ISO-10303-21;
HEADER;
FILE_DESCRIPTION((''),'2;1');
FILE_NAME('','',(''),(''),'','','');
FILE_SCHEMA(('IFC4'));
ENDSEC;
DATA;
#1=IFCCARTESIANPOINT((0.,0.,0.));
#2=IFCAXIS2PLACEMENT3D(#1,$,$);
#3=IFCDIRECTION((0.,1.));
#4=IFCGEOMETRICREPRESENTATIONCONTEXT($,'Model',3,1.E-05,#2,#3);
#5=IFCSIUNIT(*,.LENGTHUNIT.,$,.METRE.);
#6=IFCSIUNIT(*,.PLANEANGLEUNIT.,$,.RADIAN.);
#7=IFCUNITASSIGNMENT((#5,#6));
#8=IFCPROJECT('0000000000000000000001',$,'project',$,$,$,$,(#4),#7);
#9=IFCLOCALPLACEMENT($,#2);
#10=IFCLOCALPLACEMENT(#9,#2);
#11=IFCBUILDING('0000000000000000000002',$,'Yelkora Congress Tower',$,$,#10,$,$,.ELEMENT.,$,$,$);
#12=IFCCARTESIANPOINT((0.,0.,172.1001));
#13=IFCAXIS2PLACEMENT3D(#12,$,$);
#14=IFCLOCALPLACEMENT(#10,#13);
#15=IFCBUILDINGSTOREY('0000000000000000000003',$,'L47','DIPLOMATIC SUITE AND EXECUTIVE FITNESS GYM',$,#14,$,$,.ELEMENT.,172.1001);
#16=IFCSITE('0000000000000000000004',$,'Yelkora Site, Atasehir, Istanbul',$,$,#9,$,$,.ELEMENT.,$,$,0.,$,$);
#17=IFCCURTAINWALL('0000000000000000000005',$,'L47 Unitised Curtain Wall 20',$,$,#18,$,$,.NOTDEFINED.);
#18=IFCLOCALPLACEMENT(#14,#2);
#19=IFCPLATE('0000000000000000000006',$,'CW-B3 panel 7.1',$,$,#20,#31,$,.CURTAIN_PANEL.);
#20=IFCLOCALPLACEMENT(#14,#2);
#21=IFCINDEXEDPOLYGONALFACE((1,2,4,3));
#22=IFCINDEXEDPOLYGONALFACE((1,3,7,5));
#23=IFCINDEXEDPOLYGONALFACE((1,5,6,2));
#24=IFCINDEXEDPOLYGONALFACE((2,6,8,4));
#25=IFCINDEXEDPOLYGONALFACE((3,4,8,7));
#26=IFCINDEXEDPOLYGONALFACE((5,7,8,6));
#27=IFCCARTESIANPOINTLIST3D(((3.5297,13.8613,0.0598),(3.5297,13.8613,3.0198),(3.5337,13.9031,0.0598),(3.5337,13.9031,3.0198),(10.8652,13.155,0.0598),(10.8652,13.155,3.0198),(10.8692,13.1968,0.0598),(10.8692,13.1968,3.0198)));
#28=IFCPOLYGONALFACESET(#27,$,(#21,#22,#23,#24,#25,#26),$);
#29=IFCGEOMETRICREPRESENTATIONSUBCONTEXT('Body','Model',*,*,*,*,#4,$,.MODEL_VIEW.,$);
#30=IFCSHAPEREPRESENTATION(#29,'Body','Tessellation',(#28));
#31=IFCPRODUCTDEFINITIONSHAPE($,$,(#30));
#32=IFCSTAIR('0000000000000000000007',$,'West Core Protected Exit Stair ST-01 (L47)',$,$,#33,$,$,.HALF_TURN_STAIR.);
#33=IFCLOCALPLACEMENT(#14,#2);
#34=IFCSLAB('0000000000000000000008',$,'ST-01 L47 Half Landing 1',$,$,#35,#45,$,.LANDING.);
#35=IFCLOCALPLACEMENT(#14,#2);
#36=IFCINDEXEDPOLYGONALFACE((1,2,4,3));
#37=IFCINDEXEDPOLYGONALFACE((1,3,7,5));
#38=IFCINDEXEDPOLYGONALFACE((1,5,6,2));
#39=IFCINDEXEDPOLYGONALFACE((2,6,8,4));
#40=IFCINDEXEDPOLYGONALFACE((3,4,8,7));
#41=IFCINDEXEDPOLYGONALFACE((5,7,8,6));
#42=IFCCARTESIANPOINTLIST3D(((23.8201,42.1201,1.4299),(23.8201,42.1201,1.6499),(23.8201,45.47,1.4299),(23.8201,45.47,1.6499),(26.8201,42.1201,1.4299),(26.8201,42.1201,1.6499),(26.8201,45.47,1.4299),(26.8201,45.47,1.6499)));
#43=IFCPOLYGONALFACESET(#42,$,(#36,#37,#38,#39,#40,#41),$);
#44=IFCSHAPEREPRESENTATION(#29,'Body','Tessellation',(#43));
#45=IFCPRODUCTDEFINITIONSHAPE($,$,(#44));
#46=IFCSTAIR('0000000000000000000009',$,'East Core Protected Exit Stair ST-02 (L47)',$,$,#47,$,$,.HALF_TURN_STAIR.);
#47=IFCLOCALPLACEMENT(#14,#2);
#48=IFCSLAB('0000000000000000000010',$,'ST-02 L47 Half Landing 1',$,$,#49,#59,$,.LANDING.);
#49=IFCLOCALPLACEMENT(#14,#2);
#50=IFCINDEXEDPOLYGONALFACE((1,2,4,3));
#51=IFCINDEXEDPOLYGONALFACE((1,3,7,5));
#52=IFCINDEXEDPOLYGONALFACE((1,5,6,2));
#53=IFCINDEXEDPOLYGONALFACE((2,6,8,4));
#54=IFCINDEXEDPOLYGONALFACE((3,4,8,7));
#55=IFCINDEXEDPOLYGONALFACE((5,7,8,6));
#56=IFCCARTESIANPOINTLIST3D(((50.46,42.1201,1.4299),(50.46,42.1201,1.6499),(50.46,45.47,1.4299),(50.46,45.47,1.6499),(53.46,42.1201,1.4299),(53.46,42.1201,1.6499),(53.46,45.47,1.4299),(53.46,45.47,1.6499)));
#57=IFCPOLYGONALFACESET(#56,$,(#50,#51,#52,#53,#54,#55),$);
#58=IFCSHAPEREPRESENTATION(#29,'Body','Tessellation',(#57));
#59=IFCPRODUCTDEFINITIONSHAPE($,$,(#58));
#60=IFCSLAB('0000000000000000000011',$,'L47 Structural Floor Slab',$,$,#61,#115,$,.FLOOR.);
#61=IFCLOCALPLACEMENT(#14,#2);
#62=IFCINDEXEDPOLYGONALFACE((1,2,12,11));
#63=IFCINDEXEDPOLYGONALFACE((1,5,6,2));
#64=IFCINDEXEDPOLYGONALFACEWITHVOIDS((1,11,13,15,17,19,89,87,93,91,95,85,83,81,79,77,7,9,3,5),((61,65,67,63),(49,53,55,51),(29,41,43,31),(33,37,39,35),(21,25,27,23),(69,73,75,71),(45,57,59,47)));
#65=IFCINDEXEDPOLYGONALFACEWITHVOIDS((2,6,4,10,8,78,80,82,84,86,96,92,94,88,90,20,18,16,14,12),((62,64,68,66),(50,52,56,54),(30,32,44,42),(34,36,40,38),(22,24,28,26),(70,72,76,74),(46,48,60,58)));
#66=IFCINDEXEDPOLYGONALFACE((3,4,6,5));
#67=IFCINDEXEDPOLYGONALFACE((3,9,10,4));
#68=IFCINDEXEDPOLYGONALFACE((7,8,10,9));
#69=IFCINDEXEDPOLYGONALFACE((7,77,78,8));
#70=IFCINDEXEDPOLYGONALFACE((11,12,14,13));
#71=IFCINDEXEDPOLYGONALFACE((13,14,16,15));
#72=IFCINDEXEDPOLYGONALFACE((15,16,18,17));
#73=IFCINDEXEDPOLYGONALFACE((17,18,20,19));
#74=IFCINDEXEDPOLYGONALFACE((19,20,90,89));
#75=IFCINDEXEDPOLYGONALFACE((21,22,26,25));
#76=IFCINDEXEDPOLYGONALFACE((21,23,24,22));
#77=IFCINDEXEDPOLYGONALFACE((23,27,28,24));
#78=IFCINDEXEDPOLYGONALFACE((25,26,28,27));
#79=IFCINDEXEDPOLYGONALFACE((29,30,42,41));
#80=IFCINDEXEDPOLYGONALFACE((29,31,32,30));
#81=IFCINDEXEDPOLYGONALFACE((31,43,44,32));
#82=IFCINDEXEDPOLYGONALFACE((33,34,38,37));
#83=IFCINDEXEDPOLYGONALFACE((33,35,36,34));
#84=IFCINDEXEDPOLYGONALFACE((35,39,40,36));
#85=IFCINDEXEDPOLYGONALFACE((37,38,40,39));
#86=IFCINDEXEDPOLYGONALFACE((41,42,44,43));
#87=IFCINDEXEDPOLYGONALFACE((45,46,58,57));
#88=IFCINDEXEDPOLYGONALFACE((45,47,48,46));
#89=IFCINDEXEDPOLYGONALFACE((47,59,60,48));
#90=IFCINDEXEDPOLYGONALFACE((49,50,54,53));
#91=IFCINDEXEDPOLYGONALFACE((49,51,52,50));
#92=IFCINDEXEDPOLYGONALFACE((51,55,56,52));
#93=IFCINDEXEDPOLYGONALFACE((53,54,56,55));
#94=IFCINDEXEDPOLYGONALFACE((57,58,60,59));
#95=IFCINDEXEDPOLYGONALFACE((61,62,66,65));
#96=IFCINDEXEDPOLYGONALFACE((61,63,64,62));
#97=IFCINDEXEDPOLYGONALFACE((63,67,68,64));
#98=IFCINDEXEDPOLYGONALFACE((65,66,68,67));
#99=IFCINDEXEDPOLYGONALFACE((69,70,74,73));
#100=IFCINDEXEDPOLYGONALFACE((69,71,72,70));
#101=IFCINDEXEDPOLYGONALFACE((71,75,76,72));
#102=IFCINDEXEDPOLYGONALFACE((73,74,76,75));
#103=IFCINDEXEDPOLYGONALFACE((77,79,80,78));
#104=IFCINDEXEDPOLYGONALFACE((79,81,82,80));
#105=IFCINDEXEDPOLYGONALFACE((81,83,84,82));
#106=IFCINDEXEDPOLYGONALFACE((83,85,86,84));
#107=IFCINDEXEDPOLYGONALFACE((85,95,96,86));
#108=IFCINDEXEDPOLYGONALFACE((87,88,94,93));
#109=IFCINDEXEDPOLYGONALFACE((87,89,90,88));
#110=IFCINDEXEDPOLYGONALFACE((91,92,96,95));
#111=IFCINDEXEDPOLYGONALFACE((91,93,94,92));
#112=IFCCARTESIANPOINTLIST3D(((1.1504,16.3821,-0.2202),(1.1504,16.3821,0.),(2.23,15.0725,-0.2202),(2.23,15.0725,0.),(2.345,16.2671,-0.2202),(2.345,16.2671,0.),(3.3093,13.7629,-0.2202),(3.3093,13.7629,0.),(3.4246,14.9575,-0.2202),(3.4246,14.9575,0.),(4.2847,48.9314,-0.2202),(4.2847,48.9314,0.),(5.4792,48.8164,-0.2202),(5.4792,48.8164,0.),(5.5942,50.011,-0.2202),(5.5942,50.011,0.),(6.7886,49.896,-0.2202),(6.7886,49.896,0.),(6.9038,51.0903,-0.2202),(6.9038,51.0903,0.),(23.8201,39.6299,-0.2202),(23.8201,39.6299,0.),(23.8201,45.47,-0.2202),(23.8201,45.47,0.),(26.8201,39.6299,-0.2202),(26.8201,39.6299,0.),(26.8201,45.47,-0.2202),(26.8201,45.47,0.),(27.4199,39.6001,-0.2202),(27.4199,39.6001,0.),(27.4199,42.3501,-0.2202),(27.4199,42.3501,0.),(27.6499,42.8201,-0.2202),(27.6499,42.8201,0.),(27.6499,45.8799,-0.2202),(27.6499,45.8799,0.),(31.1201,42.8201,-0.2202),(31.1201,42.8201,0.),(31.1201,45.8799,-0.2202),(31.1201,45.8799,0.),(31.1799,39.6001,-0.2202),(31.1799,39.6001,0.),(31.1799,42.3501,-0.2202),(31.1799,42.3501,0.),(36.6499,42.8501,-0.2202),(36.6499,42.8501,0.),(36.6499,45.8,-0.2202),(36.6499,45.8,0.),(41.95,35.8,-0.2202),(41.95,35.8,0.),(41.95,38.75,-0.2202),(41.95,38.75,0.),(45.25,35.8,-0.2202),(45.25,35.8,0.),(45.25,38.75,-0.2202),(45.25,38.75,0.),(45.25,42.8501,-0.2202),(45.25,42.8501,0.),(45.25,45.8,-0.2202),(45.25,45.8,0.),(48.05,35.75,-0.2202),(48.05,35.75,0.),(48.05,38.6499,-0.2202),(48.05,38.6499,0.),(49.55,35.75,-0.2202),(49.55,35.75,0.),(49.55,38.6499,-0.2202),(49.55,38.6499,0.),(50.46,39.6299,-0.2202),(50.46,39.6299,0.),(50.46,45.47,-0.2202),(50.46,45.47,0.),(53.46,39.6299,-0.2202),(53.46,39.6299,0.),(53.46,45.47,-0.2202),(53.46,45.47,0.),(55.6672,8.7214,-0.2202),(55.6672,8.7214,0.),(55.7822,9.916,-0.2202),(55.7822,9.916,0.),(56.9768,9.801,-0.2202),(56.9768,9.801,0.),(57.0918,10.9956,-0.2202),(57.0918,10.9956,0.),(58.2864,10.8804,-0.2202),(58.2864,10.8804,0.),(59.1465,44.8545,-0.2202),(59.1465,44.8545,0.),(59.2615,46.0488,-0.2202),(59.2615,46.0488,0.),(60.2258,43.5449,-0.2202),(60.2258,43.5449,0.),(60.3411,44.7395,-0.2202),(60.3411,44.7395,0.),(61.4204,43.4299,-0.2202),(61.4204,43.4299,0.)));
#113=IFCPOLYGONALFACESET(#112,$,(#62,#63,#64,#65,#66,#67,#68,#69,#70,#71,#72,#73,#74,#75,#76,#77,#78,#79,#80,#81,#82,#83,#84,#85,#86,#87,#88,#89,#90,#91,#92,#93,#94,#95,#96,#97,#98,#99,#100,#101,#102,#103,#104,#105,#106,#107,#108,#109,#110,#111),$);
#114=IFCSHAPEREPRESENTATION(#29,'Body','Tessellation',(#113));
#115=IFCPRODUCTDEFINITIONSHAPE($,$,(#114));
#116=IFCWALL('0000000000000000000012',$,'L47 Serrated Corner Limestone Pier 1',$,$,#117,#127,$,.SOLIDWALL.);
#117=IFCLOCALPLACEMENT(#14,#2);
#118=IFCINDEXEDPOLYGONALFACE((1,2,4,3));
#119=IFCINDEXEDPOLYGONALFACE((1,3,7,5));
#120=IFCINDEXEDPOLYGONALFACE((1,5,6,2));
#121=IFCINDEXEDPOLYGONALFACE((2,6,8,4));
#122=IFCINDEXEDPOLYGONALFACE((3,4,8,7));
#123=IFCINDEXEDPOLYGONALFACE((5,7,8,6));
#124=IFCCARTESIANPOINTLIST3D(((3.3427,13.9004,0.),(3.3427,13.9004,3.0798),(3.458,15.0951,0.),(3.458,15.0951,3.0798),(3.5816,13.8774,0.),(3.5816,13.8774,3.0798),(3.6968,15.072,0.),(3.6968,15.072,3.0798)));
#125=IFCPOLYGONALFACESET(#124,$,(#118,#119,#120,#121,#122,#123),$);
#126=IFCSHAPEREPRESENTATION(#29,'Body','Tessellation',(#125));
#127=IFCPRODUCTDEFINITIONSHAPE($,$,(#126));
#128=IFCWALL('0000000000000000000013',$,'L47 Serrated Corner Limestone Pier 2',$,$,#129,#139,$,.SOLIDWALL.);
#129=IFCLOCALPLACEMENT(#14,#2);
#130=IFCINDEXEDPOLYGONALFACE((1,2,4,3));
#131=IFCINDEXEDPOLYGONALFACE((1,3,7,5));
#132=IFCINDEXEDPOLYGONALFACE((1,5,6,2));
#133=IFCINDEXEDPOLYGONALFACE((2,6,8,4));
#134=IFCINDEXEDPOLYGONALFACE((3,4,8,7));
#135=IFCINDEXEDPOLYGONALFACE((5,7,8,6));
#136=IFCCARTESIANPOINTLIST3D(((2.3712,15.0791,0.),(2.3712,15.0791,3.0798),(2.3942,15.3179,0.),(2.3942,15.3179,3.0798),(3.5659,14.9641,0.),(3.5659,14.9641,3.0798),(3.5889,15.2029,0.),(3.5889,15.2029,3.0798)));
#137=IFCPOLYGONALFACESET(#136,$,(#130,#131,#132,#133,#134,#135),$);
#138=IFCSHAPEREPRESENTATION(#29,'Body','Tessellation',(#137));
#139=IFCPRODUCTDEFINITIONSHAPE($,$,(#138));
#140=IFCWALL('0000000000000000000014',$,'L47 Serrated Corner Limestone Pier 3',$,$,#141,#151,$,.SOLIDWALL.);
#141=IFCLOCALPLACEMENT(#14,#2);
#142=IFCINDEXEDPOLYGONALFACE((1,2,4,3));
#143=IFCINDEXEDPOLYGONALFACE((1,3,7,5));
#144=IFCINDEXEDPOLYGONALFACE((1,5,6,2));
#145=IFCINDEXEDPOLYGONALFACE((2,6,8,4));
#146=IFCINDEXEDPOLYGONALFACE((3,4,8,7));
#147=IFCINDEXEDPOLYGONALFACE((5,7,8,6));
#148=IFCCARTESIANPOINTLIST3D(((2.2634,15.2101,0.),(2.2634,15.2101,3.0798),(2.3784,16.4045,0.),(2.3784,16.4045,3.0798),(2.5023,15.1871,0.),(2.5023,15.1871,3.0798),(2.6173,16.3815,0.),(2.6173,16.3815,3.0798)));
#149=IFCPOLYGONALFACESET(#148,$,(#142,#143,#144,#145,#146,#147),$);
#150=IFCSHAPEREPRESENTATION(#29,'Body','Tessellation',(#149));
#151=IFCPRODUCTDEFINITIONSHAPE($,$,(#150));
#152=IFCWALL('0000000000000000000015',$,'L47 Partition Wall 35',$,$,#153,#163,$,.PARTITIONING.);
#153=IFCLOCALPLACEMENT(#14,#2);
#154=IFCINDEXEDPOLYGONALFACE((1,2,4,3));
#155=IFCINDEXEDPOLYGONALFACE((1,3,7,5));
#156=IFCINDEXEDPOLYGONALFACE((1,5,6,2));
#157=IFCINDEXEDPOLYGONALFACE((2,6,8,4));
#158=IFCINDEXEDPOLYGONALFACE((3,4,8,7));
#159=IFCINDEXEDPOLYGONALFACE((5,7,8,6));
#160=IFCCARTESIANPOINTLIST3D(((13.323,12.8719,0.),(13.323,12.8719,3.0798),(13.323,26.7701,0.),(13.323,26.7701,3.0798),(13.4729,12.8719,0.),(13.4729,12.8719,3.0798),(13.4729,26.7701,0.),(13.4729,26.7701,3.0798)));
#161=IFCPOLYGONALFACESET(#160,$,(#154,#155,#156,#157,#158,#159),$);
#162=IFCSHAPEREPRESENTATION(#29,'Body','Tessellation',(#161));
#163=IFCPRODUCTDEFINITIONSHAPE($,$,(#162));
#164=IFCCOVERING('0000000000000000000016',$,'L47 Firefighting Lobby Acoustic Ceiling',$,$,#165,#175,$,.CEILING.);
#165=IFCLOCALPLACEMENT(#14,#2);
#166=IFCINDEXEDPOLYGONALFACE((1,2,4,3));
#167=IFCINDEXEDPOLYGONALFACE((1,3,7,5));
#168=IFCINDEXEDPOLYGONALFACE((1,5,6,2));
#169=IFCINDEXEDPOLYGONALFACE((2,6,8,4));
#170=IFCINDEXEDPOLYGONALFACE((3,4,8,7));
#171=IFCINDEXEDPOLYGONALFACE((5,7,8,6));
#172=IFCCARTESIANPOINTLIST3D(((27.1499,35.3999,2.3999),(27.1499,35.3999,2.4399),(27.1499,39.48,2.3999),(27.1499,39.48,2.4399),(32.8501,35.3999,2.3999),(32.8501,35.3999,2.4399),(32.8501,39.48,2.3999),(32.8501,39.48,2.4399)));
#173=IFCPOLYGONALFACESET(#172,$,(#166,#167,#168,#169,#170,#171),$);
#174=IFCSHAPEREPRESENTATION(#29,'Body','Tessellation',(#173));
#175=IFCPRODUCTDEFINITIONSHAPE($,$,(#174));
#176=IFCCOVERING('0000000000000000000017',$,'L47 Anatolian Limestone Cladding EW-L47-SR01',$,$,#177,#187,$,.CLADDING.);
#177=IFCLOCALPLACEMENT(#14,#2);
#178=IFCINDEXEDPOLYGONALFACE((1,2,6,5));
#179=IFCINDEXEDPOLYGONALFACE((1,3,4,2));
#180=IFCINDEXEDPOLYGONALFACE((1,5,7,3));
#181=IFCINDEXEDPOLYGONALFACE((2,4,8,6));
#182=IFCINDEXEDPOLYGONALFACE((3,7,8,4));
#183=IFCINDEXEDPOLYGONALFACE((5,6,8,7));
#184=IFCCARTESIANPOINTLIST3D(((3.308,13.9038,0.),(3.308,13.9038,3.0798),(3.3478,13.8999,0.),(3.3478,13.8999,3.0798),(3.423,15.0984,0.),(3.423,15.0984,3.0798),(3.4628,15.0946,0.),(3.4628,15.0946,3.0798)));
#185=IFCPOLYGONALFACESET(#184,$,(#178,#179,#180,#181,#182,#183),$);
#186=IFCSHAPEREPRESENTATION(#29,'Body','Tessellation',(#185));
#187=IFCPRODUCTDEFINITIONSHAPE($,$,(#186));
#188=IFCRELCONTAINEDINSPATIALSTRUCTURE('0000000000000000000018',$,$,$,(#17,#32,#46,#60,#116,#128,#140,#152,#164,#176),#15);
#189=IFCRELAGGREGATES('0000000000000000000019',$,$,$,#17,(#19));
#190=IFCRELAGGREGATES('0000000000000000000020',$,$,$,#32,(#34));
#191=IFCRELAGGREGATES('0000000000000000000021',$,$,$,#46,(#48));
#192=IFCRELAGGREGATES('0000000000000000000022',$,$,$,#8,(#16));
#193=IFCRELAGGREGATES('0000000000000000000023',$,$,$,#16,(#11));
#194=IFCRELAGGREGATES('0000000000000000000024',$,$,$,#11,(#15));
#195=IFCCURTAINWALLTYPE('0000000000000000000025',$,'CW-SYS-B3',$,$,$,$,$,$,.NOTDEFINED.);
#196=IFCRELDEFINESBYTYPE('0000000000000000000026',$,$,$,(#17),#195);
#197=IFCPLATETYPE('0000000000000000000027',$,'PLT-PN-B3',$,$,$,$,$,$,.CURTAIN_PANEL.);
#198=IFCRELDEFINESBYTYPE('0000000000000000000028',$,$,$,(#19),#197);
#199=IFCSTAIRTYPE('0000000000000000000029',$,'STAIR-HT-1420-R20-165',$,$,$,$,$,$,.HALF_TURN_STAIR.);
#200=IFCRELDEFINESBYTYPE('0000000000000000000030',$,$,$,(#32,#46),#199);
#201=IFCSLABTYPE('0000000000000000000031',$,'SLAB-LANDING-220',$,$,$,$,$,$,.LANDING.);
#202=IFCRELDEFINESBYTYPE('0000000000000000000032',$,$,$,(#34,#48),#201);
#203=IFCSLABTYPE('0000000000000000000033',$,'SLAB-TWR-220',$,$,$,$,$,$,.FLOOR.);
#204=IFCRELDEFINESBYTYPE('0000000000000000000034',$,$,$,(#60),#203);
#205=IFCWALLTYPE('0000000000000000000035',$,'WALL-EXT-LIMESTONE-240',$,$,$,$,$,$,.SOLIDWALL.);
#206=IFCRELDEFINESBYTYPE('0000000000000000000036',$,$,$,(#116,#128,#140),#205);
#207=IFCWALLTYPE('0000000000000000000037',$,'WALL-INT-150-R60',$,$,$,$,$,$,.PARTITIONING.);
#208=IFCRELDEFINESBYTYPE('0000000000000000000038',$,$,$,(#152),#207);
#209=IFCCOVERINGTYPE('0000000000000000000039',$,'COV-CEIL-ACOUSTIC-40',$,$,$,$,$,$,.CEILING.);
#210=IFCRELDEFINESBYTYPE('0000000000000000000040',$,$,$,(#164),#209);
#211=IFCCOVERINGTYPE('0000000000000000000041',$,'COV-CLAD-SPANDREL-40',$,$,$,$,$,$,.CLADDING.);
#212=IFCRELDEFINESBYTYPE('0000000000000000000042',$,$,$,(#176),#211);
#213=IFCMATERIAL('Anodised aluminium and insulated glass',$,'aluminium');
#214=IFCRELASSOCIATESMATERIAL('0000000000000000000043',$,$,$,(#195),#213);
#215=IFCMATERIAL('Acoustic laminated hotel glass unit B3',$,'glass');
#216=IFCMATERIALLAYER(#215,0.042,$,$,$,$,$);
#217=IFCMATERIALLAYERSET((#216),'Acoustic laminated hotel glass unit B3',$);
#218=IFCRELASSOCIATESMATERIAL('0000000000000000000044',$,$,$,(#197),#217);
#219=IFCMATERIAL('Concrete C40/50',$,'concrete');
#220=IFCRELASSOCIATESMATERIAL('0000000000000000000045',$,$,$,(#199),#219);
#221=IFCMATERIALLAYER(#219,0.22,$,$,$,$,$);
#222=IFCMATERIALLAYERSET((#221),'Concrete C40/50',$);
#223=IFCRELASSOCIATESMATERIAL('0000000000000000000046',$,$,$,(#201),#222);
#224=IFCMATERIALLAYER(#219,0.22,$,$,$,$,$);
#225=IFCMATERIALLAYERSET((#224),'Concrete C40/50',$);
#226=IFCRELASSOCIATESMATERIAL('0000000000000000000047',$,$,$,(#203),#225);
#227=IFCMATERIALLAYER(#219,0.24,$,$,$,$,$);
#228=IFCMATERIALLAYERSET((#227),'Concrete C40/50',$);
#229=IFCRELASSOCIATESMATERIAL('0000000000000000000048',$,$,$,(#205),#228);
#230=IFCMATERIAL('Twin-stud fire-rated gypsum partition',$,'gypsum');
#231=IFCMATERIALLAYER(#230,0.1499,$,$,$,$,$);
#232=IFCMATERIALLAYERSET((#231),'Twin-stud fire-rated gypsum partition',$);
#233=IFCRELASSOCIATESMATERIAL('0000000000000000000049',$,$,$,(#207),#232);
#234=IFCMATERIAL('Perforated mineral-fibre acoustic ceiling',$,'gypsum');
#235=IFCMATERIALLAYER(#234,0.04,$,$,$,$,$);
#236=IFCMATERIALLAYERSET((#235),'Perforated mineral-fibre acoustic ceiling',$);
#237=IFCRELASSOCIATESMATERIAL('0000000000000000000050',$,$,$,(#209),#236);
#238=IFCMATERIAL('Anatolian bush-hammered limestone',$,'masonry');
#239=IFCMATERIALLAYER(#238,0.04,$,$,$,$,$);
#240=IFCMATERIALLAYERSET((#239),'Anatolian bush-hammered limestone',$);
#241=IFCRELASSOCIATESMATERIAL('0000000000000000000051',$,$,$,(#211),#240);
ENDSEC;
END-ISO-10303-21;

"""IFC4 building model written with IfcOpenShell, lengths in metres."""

from ifc_helpers import new_model, si_unit, direction, frame, frame_2d, origin, origin_2d, place, context, subcontext, project, spatial, polyline, rectangle, outline, extrude, material, layer, layer_set, type_object, element, aggregate, save


model = new_model("IFC4")

# Units and contexts
model_context = context("Model", 3, precision=1e-05, world=origin(), true_north=direction((0.0, 1.0)))
body_context = subcontext(model_context, "Body", "Model", "MODEL_VIEW")
ifc_project = project(units=[si_unit("LENGTHUNIT", "METRE"), si_unit("PLANEANGLEUNIT", "RADIAN")], contexts=[model_context])

# Site, building, storey
site_placement = place(None, origin())
site = spatial("IfcSite", under=ifc_project, at=site_placement, Name="Yelkora Site, Atasehir, Istanbul", CompositionType="ELEMENT", RefElevation=0.0)
building_placement = place(site_placement, origin())
building = spatial("IfcBuilding", under=site, at=building_placement, Name="Yelkora Congress Tower", CompositionType="ELEMENT")
storey_placement = place(building_placement, frame((0.0, 0.0, 172.1001)))
storey = spatial("IfcBuildingStorey", under=building, at=storey_placement, Name="L47", Description="DIPLOMATIC SUITE AND EXECUTIVE FITNESS GYM", CompositionType="ELEMENT", Elevation=172.1001)

# Curtain wall, plate
ifc_material_1 = material(Name="Anodised aluminium and insulated glass", Category="aluminium")
curtain_wall_type = type_object("IfcCurtainWallType", Name="CW-SYS-B3", PredefinedType="NOTDEFINED", material=ifc_material_1)
curtain_wall_placement = place(storey_placement, origin())
curtain_wall = element("IfcCurtainWall", 1, at=curtain_wall_placement, inside=storey, type_object=curtain_wall_type, Name="L47 Unitised Curtain Wall 20", PredefinedType="NOTDEFINED")
ifc_material_2 = material(Name="Acoustic laminated hotel glass unit B3", Category="glass")
ifc_layer_1 = layer(ifc_material_2, 0.042)
ifc_layer_set_1 = layer_set([ifc_layer_1], Name="Acoustic laminated hotel glass unit B3")
plate_type = type_object("IfcPlateType", Name="PLT-PN-B3", PredefinedType="CURTAIN_PANEL", material=ifc_layer_set_1)
plate_1_placement = place(storey_placement, frame((7.1995, 13.5291, 0.0598), z_axis=(0.0, 0.0, 1.0), x_axis=(-0.995396, 0.095845, 0.0)))
plate_1 = element("IfcPlate", 2, at=plate_1_placement, type_object=plate_type, Name="CW-B3 panel 7.1", PredefinedType="CURTAIN_PANEL", context=body_context, shape_type="SweptSolid", body=[
    extrude(rectangle(XDim=7.3694, YDim=0.042, at=origin_2d()), origin(), (0.0, 0.0, 1.0), 2.96),
])
aggregate(curtain_wall, [plate_1])

# Stairs, slabs
ifc_material_3 = material(Name="Concrete C40/50", Category="concrete")
stair_type = type_object("IfcStairType", Name="STAIR-HT-1420-R20-165", PredefinedType="HALF_TURN_STAIR", material=ifc_material_3)
stair_1_placement = place(storey_placement, origin())
stair_1 = element("IfcStair", 3, at=stair_1_placement, inside=storey, type_object=stair_type, Name="West Core Protected Exit Stair ST-01 (L47)", PredefinedType="HALF_TURN_STAIR")
ifc_layer_2 = layer(ifc_material_3, 0.22)
ifc_layer_set_2 = layer_set([ifc_layer_2], Name="Concrete C40/50")
slab_type_1 = type_object("IfcSlabType", Name="SLAB-LANDING-220", PredefinedType="LANDING", material=ifc_layer_set_2)
slab_1_placement = place(storey_placement, frame((0.0, 0.0, 1.4299)))
slab_1 = element("IfcSlab", 4, at=slab_1_placement, type_object=slab_type_1, Name="ST-01 L47 Half Landing 1", PredefinedType="LANDING", context=body_context, shape_type="SweptSolid", body=[
    extrude(outline(polyline([(26.8201, 42.1201), (26.8201, 45.47), (23.8201, 45.47), (23.8201, 42.1201), (26.8201, 42.1201)])), origin(), (0.0, 0.0, 1.0), 0.22),
])
aggregate(stair_1, [slab_1])
stair_2_placement = place(storey_placement, origin())
stair_2 = element("IfcStair", 5, at=stair_2_placement, inside=storey, type_object=stair_type, Name="East Core Protected Exit Stair ST-02 (L47)", PredefinedType="HALF_TURN_STAIR")
slab_2_placement = place(storey_placement, frame((0.0, 0.0, 1.4299)))
slab_2 = element("IfcSlab", 6, at=slab_2_placement, type_object=slab_type_1, Name="ST-02 L47 Half Landing 1", PredefinedType="LANDING", context=body_context, shape_type="SweptSolid", body=[
    extrude(outline(polyline([(53.46, 42.1201), (53.46, 45.47), (50.46, 45.47), (50.46, 42.1201), (53.46, 42.1201)])), origin(), (0.0, 0.0, 1.0), 0.22),
])
aggregate(stair_2, [slab_2])

# Slab
ifc_layer_3 = layer(ifc_material_3, 0.22)
ifc_layer_set_3 = layer_set([ifc_layer_3], Name="Concrete C40/50")
slab_type_2 = type_object("IfcSlabType", Name="SLAB-TWR-220", PredefinedType="FLOOR", material=ifc_layer_set_3)
slab_3_placement = place(storey_placement, frame((0.0, 0.0, -0.2202)))
element("IfcSlab", 7, at=slab_3_placement, inside=storey, type_object=slab_type_2, Name="L47 Structural Floor Slab", PredefinedType="FLOOR", context=body_context, shape_type="SweptSolid", body=[
    extrude(outline(polyline([(3.3093, 13.7629), (55.6672, 8.7214), (55.7822, 9.916), (56.9768, 9.801), (57.0918, 10.9956), (58.2864, 10.8804), (61.4204, 43.4299), (60.2258, 43.5449), (60.3411, 44.7395), (59.1465, 44.8545), (59.2615, 46.0488), (6.9038, 51.0903), (6.7886, 49.896), (5.5942, 50.011), (5.4792, 48.8164), (4.2847, 48.9314), (1.1504, 16.3821), (2.345, 16.2671), (2.23, 15.0725), (3.4246, 14.9575), (3.3093, 13.7629)]), holes=[polyline([(23.8201, 39.6299), (26.8201, 39.6299), (26.8201, 45.47), (23.8201, 45.47), (23.8201, 39.6299)]), polyline([(50.46, 39.6299), (53.46, 39.6299), (53.46, 45.47), (50.46, 45.47), (50.46, 39.6299)]), polyline([(48.05, 35.75), (49.55, 35.75), (49.55, 38.6499), (48.05, 38.6499), (48.05, 35.75)]), polyline([(36.6499, 42.8501), (45.25, 42.8501), (45.25, 45.8), (36.6499, 45.8), (36.6499, 42.8501)]), polyline([(41.95, 35.8), (45.25, 35.8), (45.25, 38.75), (41.95, 38.75), (41.95, 35.8)]), polyline([(27.4199, 39.6001), (31.1799, 39.6001), (31.1799, 42.3501), (27.4199, 42.3501), (27.4199, 39.6001)]), polyline([(27.6499, 42.8201), (31.1201, 42.8201), (31.1201, 45.8799), (27.6499, 45.8799), (27.6499, 42.8201)])]), origin(), (0.0, 0.0, 1.0), 0.2202),
])

# Walls
ifc_layer_4 = layer(ifc_material_3, 0.24)
ifc_layer_set_4 = layer_set([ifc_layer_4], Name="Concrete C40/50")
wall_type_1 = type_object("IfcWallType", Name="WALL-EXT-LIMESTONE-240", PredefinedType="SOLIDWALL", material=ifc_layer_set_4)
for number, where, z_axis, x_axis, name in (
    (8, (3.4622, 13.8889, 0.0), (0.0, 0.0, 1.0), (0.096019, 0.99538, 0.0), "L47 Serrated Corner Limestone Pier 1"),
    (9, (3.5774, 15.0835, 0.0), (0.0, 0.0, 1.0), (-0.995399, 0.095817, 0.0), "L47 Serrated Corner Limestone Pier 2"),
):
    element("IfcWall", number, at=place(storey_placement, frame(where, z_axis=z_axis, x_axis=x_axis)), inside=storey, type_object=wall_type_1, Name=name, PredefinedType="SOLIDWALL", context=body_context, shape_type="SweptSolid", body=[
        extrude(rectangle(XDim=1.2002, YDim=0.24, at=frame_2d((0.6001, 0.0))), origin(), (0.0, 0.0, 1.0), 3.0798),
    ])
wall_1_placement = place(storey_placement, frame((2.3828, 15.1985, 0.0), z_axis=(0.0, 0.0, 1.0), x_axis=(0.095836, 0.995397, 0.0)))
element("IfcWall", 10, at=wall_1_placement, inside=storey, type_object=wall_type_1, Name="L47 Serrated Corner Limestone Pier 3", PredefinedType="SOLIDWALL", context=body_context, shape_type="SweptSolid", body=[
    extrude(rectangle(XDim=1.2, YDim=0.24, at=frame_2d((0.6001, 0.0))), origin(), (0.0, 0.0, 1.0), 3.0798),
])
ifc_material_4 = material(Name="Twin-stud fire-rated gypsum partition", Category="gypsum")
ifc_layer_5 = layer(ifc_material_4, 0.1499)
ifc_layer_set_5 = layer_set([ifc_layer_5], Name="Twin-stud fire-rated gypsum partition")
wall_type_2 = type_object("IfcWallType", Name="WALL-INT-150-R60", PredefinedType="PARTITIONING", material=ifc_layer_set_5)
wall_2_placement = place(storey_placement, frame((13.3979, 12.8718, 0.0), z_axis=(0.0, 0.0, 1.0), x_axis=(0.0, 1.0, 0.0)))
element("IfcWall", 11, at=wall_2_placement, inside=storey, type_object=wall_type_2, Name="L47 Partition Wall 35", PredefinedType="PARTITIONING", context=body_context, shape_type="SweptSolid", body=[
    extrude(rectangle(XDim=13.8982, YDim=0.1499, at=frame_2d((6.9492, 0.0))), origin(), (0.0, 0.0, 1.0), 3.0798),
])

# Coverings
ifc_material_5 = material(Name="Perforated mineral-fibre acoustic ceiling", Category="gypsum")
ifc_layer_6 = layer(ifc_material_5, 0.04)
ifc_layer_set_6 = layer_set([ifc_layer_6], Name="Perforated mineral-fibre acoustic ceiling")
covering_type_1 = type_object("IfcCoveringType", Name="COV-CEIL-ACOUSTIC-40", PredefinedType="CEILING", material=ifc_layer_set_6)
covering_1_placement = place(storey_placement, frame((0.0, 0.0, 2.3999)))
element("IfcCovering", 12, at=covering_1_placement, inside=storey, type_object=covering_type_1, Name="L47 Firefighting Lobby Acoustic Ceiling", PredefinedType="CEILING", context=body_context, shape_type="SweptSolid", body=[
    extrude(outline(polyline([(27.1499, 35.3999), (32.8501, 35.3999), (32.8501, 39.48), (27.1499, 39.48), (27.1499, 35.3999)])), origin(), (0.0, 0.0, 1.0), 0.04),
])
ifc_material_6 = material(Name="Anatolian bush-hammered limestone", Category="masonry")
ifc_layer_7 = layer(ifc_material_6, 0.04)
ifc_layer_set_7 = layer_set([ifc_layer_7], Name="Anatolian bush-hammered limestone")
covering_type_2 = type_object("IfcCoveringType", Name="COV-CLAD-SPANDREL-40", PredefinedType="CLADDING", material=ifc_layer_set_7)
covering_2_placement = place(storey_placement, frame((3.3279, 13.9019, 0.0), z_axis=(0.0, 0.0, 1.0), x_axis=(0.095817, 0.995399, 0.0)))
element("IfcCovering", 13, at=covering_2_placement, inside=storey, type_object=covering_type_2, Name="L47 Anatolian Limestone Cladding EW-L47-SR01", PredefinedType="CLADDING", context=body_context, shape_type="SweptSolid", body=[
    extrude(rectangle(XDim=1.2002, YDim=0.04, at=frame_2d((0.6001, 0.0))), origin(), (0.0, 0.0, 1.0), 3.0798),
])

save(model, "model.ifc")
